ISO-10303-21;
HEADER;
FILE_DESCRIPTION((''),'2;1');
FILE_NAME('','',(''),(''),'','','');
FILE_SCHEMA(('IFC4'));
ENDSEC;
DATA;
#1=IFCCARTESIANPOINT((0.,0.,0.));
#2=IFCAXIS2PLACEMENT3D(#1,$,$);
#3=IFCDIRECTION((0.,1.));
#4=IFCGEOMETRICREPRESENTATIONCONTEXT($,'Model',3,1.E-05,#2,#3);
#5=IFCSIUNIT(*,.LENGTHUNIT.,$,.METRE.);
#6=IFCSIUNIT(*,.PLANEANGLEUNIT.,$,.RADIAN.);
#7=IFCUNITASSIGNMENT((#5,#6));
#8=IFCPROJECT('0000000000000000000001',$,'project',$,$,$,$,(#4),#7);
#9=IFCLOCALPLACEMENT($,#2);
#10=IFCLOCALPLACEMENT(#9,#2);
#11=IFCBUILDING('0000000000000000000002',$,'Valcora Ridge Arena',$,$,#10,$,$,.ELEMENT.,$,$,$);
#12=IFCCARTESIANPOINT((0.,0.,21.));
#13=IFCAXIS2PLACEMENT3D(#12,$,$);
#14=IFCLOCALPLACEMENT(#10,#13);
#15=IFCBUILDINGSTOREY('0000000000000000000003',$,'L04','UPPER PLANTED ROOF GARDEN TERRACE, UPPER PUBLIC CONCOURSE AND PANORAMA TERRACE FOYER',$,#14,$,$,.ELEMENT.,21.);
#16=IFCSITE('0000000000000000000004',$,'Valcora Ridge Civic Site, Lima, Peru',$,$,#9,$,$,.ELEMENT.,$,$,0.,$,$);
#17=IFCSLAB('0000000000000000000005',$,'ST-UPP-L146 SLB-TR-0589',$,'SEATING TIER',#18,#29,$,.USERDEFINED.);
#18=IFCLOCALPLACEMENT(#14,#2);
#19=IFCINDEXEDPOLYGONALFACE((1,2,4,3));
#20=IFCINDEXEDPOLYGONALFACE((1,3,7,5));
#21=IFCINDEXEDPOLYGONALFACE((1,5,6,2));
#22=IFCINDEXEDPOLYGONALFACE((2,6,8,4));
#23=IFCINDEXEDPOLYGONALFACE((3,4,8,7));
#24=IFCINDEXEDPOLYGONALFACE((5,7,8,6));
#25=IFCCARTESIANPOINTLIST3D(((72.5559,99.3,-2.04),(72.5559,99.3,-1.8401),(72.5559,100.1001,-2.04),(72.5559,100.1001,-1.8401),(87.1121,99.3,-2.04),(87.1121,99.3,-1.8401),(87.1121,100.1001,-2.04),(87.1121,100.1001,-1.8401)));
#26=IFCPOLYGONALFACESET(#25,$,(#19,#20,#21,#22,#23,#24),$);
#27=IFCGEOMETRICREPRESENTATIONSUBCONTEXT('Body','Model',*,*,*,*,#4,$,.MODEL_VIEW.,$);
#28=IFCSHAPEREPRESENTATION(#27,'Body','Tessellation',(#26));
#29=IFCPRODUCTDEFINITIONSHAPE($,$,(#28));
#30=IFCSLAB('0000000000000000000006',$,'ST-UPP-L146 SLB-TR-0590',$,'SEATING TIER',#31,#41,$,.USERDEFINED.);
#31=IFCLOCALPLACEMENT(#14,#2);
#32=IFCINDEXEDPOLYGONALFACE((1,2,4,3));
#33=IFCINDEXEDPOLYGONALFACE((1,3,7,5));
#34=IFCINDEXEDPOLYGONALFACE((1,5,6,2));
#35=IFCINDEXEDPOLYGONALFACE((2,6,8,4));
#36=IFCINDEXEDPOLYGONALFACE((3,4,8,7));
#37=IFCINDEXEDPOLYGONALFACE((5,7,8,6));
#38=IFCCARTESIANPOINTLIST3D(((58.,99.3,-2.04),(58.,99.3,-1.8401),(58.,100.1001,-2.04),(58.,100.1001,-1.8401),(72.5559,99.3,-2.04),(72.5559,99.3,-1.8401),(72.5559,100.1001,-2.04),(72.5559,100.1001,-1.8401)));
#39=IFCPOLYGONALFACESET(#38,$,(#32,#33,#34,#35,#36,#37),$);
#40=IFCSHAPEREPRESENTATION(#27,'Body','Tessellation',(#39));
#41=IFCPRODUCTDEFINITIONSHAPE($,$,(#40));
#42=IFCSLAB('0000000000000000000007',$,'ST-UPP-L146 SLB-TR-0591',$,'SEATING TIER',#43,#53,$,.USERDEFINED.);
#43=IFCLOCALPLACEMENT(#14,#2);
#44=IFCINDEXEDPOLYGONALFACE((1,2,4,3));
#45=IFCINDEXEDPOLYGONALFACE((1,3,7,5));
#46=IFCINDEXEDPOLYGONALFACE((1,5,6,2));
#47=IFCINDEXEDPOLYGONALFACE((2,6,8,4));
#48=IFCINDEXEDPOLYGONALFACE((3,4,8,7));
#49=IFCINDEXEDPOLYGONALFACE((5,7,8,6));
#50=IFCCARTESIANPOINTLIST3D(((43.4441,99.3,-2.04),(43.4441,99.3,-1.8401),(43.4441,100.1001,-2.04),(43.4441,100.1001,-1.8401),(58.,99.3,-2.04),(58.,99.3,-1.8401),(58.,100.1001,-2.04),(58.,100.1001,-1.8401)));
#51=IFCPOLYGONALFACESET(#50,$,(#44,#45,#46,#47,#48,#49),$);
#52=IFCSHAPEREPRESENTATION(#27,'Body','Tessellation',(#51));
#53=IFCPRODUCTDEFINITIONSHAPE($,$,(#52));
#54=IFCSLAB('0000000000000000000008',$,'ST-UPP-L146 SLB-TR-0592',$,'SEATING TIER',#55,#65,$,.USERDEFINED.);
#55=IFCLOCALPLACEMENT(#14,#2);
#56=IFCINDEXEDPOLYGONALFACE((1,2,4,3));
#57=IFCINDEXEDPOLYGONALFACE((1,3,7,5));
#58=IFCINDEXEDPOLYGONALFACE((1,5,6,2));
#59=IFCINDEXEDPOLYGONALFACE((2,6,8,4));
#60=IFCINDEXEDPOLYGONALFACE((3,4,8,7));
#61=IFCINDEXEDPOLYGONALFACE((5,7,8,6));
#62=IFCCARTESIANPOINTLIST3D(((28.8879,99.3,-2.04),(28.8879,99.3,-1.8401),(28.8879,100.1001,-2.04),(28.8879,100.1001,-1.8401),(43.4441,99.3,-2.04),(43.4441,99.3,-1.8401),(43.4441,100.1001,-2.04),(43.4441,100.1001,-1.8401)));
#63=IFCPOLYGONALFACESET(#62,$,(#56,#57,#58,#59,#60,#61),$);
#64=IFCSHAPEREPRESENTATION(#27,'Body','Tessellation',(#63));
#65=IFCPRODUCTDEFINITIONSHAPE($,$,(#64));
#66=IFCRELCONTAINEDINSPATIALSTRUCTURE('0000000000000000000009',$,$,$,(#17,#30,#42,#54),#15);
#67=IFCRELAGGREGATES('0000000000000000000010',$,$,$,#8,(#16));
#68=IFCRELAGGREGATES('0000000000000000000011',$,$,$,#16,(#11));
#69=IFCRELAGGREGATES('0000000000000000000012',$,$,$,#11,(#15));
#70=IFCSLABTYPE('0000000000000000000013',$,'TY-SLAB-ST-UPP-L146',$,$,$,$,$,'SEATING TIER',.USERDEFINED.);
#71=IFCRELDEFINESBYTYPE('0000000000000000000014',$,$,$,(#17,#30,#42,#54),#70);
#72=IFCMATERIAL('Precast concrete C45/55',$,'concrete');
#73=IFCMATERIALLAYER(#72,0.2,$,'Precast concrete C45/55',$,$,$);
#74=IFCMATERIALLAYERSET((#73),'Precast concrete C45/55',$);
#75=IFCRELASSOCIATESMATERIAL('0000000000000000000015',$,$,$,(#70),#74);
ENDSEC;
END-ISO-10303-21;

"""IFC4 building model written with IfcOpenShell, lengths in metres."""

from ifc_helpers import new_model, si_unit, direction, frame, origin, place, context, subcontext, project, spatial, polyline, outline, extrude, material, layer, layer_set, type_object, element, save


model = new_model("IFC4")

# Units and contexts
model_context = context("Model", 3, precision=1e-05, world=origin(), true_north=direction((0.0, 1.0)))
body_context = subcontext(model_context, "Body", "Model", "MODEL_VIEW")
ifc_project = project(units=[si_unit("LENGTHUNIT", "METRE"), si_unit("PLANEANGLEUNIT", "RADIAN")], contexts=[model_context])

# Site, building, storey
site_placement = place(None, origin())
site = spatial("IfcSite", under=ifc_project, at=site_placement, Name="Valcora Ridge Civic Site, Lima, Peru", CompositionType="ELEMENT", RefElevation=0.0)
building_placement = place(site_placement, origin())
building = spatial("IfcBuilding", under=site, at=building_placement, Name="Valcora Ridge Arena", CompositionType="ELEMENT")
storey_placement = place(building_placement, frame((0.0, 0.0, 21.0)))
storey = spatial("IfcBuildingStorey", under=building, at=storey_placement, Name="L04", Description="UPPER PLANTED ROOF GARDEN TERRACE, UPPER PUBLIC CONCOURSE AND PANORAMA TERRACE FOYER", CompositionType="ELEMENT", Elevation=21.0)

# Slabs
ifc_material_1 = material(Name="Precast concrete C45/55", Category="concrete")
ifc_layer_1 = layer(ifc_material_1, 0.2, Name="Precast concrete C45/55")
ifc_layer_set_1 = layer_set([ifc_layer_1], Name="Precast concrete C45/55")
slab_type_1 = type_object("IfcSlabType", Name="TY-SLAB-ST-UPP-L146", ElementType="SEATING TIER", PredefinedType="USERDEFINED", material=ifc_layer_set_1)
slab_1_placement = place(storey_placement, frame((0.0, 0.0, -2.04)))
element("IfcSlab", 1, at=slab_1_placement, inside=storey, type_object=slab_type_1, Name="ST-UPP-L146 SLB-TR-0589", ObjectType="SEATING TIER", PredefinedType="USERDEFINED", context=body_context, shape_type="SweptSolid", body=[
    extrude(outline(polyline([(87.1121, 99.3), (72.5559, 99.3), (72.5559, 100.1001), (87.1121, 100.1001), (87.1121, 99.3)])), origin(), (0.0, 0.0, 1.0), 0.2),
])
slab_2_placement = place(storey_placement, frame((0.0, 0.0, -2.04)))
element("IfcSlab", 2, at=slab_2_placement, inside=storey, type_object=slab_type_1, Name="ST-UPP-L146 SLB-TR-0590", ObjectType="SEATING TIER", PredefinedType="USERDEFINED", context=body_context, shape_type="SweptSolid", body=[
    extrude(outline(polyline([(72.5559, 99.3), (58.0, 99.3), (58.0, 100.1001), (72.5559, 100.1001), (72.5559, 99.3)])), origin(), (0.0, 0.0, 1.0), 0.2),
])
slab_3_placement = place(storey_placement, frame((0.0, 0.0, -2.04)))
element("IfcSlab", 3, at=slab_3_placement, inside=storey, type_object=slab_type_1, Name="ST-UPP-L146 SLB-TR-0591", ObjectType="SEATING TIER", PredefinedType="USERDEFINED", context=body_context, shape_type="SweptSolid", body=[
    extrude(outline(polyline([(58.0, 99.3), (43.4441, 99.3), (43.4441, 100.1001), (58.0, 100.1001), (58.0, 99.3)])), origin(), (0.0, 0.0, 1.0), 0.2),
])
slab_4_placement = place(storey_placement, frame((0.0, 0.0, -2.04)))
element("IfcSlab", 4, at=slab_4_placement, inside=storey, type_object=slab_type_1, Name="ST-UPP-L146 SLB-TR-0592", ObjectType="SEATING TIER", PredefinedType="USERDEFINED", context=body_context, shape_type="SweptSolid", body=[
    extrude(outline(polyline([(43.4441, 99.3), (28.8879, 99.3), (28.8879, 100.1001), (43.4441, 100.1001), (43.4441, 99.3)])), origin(), (0.0, 0.0, 1.0), 0.2),
])

save(model, "model.ifc")
